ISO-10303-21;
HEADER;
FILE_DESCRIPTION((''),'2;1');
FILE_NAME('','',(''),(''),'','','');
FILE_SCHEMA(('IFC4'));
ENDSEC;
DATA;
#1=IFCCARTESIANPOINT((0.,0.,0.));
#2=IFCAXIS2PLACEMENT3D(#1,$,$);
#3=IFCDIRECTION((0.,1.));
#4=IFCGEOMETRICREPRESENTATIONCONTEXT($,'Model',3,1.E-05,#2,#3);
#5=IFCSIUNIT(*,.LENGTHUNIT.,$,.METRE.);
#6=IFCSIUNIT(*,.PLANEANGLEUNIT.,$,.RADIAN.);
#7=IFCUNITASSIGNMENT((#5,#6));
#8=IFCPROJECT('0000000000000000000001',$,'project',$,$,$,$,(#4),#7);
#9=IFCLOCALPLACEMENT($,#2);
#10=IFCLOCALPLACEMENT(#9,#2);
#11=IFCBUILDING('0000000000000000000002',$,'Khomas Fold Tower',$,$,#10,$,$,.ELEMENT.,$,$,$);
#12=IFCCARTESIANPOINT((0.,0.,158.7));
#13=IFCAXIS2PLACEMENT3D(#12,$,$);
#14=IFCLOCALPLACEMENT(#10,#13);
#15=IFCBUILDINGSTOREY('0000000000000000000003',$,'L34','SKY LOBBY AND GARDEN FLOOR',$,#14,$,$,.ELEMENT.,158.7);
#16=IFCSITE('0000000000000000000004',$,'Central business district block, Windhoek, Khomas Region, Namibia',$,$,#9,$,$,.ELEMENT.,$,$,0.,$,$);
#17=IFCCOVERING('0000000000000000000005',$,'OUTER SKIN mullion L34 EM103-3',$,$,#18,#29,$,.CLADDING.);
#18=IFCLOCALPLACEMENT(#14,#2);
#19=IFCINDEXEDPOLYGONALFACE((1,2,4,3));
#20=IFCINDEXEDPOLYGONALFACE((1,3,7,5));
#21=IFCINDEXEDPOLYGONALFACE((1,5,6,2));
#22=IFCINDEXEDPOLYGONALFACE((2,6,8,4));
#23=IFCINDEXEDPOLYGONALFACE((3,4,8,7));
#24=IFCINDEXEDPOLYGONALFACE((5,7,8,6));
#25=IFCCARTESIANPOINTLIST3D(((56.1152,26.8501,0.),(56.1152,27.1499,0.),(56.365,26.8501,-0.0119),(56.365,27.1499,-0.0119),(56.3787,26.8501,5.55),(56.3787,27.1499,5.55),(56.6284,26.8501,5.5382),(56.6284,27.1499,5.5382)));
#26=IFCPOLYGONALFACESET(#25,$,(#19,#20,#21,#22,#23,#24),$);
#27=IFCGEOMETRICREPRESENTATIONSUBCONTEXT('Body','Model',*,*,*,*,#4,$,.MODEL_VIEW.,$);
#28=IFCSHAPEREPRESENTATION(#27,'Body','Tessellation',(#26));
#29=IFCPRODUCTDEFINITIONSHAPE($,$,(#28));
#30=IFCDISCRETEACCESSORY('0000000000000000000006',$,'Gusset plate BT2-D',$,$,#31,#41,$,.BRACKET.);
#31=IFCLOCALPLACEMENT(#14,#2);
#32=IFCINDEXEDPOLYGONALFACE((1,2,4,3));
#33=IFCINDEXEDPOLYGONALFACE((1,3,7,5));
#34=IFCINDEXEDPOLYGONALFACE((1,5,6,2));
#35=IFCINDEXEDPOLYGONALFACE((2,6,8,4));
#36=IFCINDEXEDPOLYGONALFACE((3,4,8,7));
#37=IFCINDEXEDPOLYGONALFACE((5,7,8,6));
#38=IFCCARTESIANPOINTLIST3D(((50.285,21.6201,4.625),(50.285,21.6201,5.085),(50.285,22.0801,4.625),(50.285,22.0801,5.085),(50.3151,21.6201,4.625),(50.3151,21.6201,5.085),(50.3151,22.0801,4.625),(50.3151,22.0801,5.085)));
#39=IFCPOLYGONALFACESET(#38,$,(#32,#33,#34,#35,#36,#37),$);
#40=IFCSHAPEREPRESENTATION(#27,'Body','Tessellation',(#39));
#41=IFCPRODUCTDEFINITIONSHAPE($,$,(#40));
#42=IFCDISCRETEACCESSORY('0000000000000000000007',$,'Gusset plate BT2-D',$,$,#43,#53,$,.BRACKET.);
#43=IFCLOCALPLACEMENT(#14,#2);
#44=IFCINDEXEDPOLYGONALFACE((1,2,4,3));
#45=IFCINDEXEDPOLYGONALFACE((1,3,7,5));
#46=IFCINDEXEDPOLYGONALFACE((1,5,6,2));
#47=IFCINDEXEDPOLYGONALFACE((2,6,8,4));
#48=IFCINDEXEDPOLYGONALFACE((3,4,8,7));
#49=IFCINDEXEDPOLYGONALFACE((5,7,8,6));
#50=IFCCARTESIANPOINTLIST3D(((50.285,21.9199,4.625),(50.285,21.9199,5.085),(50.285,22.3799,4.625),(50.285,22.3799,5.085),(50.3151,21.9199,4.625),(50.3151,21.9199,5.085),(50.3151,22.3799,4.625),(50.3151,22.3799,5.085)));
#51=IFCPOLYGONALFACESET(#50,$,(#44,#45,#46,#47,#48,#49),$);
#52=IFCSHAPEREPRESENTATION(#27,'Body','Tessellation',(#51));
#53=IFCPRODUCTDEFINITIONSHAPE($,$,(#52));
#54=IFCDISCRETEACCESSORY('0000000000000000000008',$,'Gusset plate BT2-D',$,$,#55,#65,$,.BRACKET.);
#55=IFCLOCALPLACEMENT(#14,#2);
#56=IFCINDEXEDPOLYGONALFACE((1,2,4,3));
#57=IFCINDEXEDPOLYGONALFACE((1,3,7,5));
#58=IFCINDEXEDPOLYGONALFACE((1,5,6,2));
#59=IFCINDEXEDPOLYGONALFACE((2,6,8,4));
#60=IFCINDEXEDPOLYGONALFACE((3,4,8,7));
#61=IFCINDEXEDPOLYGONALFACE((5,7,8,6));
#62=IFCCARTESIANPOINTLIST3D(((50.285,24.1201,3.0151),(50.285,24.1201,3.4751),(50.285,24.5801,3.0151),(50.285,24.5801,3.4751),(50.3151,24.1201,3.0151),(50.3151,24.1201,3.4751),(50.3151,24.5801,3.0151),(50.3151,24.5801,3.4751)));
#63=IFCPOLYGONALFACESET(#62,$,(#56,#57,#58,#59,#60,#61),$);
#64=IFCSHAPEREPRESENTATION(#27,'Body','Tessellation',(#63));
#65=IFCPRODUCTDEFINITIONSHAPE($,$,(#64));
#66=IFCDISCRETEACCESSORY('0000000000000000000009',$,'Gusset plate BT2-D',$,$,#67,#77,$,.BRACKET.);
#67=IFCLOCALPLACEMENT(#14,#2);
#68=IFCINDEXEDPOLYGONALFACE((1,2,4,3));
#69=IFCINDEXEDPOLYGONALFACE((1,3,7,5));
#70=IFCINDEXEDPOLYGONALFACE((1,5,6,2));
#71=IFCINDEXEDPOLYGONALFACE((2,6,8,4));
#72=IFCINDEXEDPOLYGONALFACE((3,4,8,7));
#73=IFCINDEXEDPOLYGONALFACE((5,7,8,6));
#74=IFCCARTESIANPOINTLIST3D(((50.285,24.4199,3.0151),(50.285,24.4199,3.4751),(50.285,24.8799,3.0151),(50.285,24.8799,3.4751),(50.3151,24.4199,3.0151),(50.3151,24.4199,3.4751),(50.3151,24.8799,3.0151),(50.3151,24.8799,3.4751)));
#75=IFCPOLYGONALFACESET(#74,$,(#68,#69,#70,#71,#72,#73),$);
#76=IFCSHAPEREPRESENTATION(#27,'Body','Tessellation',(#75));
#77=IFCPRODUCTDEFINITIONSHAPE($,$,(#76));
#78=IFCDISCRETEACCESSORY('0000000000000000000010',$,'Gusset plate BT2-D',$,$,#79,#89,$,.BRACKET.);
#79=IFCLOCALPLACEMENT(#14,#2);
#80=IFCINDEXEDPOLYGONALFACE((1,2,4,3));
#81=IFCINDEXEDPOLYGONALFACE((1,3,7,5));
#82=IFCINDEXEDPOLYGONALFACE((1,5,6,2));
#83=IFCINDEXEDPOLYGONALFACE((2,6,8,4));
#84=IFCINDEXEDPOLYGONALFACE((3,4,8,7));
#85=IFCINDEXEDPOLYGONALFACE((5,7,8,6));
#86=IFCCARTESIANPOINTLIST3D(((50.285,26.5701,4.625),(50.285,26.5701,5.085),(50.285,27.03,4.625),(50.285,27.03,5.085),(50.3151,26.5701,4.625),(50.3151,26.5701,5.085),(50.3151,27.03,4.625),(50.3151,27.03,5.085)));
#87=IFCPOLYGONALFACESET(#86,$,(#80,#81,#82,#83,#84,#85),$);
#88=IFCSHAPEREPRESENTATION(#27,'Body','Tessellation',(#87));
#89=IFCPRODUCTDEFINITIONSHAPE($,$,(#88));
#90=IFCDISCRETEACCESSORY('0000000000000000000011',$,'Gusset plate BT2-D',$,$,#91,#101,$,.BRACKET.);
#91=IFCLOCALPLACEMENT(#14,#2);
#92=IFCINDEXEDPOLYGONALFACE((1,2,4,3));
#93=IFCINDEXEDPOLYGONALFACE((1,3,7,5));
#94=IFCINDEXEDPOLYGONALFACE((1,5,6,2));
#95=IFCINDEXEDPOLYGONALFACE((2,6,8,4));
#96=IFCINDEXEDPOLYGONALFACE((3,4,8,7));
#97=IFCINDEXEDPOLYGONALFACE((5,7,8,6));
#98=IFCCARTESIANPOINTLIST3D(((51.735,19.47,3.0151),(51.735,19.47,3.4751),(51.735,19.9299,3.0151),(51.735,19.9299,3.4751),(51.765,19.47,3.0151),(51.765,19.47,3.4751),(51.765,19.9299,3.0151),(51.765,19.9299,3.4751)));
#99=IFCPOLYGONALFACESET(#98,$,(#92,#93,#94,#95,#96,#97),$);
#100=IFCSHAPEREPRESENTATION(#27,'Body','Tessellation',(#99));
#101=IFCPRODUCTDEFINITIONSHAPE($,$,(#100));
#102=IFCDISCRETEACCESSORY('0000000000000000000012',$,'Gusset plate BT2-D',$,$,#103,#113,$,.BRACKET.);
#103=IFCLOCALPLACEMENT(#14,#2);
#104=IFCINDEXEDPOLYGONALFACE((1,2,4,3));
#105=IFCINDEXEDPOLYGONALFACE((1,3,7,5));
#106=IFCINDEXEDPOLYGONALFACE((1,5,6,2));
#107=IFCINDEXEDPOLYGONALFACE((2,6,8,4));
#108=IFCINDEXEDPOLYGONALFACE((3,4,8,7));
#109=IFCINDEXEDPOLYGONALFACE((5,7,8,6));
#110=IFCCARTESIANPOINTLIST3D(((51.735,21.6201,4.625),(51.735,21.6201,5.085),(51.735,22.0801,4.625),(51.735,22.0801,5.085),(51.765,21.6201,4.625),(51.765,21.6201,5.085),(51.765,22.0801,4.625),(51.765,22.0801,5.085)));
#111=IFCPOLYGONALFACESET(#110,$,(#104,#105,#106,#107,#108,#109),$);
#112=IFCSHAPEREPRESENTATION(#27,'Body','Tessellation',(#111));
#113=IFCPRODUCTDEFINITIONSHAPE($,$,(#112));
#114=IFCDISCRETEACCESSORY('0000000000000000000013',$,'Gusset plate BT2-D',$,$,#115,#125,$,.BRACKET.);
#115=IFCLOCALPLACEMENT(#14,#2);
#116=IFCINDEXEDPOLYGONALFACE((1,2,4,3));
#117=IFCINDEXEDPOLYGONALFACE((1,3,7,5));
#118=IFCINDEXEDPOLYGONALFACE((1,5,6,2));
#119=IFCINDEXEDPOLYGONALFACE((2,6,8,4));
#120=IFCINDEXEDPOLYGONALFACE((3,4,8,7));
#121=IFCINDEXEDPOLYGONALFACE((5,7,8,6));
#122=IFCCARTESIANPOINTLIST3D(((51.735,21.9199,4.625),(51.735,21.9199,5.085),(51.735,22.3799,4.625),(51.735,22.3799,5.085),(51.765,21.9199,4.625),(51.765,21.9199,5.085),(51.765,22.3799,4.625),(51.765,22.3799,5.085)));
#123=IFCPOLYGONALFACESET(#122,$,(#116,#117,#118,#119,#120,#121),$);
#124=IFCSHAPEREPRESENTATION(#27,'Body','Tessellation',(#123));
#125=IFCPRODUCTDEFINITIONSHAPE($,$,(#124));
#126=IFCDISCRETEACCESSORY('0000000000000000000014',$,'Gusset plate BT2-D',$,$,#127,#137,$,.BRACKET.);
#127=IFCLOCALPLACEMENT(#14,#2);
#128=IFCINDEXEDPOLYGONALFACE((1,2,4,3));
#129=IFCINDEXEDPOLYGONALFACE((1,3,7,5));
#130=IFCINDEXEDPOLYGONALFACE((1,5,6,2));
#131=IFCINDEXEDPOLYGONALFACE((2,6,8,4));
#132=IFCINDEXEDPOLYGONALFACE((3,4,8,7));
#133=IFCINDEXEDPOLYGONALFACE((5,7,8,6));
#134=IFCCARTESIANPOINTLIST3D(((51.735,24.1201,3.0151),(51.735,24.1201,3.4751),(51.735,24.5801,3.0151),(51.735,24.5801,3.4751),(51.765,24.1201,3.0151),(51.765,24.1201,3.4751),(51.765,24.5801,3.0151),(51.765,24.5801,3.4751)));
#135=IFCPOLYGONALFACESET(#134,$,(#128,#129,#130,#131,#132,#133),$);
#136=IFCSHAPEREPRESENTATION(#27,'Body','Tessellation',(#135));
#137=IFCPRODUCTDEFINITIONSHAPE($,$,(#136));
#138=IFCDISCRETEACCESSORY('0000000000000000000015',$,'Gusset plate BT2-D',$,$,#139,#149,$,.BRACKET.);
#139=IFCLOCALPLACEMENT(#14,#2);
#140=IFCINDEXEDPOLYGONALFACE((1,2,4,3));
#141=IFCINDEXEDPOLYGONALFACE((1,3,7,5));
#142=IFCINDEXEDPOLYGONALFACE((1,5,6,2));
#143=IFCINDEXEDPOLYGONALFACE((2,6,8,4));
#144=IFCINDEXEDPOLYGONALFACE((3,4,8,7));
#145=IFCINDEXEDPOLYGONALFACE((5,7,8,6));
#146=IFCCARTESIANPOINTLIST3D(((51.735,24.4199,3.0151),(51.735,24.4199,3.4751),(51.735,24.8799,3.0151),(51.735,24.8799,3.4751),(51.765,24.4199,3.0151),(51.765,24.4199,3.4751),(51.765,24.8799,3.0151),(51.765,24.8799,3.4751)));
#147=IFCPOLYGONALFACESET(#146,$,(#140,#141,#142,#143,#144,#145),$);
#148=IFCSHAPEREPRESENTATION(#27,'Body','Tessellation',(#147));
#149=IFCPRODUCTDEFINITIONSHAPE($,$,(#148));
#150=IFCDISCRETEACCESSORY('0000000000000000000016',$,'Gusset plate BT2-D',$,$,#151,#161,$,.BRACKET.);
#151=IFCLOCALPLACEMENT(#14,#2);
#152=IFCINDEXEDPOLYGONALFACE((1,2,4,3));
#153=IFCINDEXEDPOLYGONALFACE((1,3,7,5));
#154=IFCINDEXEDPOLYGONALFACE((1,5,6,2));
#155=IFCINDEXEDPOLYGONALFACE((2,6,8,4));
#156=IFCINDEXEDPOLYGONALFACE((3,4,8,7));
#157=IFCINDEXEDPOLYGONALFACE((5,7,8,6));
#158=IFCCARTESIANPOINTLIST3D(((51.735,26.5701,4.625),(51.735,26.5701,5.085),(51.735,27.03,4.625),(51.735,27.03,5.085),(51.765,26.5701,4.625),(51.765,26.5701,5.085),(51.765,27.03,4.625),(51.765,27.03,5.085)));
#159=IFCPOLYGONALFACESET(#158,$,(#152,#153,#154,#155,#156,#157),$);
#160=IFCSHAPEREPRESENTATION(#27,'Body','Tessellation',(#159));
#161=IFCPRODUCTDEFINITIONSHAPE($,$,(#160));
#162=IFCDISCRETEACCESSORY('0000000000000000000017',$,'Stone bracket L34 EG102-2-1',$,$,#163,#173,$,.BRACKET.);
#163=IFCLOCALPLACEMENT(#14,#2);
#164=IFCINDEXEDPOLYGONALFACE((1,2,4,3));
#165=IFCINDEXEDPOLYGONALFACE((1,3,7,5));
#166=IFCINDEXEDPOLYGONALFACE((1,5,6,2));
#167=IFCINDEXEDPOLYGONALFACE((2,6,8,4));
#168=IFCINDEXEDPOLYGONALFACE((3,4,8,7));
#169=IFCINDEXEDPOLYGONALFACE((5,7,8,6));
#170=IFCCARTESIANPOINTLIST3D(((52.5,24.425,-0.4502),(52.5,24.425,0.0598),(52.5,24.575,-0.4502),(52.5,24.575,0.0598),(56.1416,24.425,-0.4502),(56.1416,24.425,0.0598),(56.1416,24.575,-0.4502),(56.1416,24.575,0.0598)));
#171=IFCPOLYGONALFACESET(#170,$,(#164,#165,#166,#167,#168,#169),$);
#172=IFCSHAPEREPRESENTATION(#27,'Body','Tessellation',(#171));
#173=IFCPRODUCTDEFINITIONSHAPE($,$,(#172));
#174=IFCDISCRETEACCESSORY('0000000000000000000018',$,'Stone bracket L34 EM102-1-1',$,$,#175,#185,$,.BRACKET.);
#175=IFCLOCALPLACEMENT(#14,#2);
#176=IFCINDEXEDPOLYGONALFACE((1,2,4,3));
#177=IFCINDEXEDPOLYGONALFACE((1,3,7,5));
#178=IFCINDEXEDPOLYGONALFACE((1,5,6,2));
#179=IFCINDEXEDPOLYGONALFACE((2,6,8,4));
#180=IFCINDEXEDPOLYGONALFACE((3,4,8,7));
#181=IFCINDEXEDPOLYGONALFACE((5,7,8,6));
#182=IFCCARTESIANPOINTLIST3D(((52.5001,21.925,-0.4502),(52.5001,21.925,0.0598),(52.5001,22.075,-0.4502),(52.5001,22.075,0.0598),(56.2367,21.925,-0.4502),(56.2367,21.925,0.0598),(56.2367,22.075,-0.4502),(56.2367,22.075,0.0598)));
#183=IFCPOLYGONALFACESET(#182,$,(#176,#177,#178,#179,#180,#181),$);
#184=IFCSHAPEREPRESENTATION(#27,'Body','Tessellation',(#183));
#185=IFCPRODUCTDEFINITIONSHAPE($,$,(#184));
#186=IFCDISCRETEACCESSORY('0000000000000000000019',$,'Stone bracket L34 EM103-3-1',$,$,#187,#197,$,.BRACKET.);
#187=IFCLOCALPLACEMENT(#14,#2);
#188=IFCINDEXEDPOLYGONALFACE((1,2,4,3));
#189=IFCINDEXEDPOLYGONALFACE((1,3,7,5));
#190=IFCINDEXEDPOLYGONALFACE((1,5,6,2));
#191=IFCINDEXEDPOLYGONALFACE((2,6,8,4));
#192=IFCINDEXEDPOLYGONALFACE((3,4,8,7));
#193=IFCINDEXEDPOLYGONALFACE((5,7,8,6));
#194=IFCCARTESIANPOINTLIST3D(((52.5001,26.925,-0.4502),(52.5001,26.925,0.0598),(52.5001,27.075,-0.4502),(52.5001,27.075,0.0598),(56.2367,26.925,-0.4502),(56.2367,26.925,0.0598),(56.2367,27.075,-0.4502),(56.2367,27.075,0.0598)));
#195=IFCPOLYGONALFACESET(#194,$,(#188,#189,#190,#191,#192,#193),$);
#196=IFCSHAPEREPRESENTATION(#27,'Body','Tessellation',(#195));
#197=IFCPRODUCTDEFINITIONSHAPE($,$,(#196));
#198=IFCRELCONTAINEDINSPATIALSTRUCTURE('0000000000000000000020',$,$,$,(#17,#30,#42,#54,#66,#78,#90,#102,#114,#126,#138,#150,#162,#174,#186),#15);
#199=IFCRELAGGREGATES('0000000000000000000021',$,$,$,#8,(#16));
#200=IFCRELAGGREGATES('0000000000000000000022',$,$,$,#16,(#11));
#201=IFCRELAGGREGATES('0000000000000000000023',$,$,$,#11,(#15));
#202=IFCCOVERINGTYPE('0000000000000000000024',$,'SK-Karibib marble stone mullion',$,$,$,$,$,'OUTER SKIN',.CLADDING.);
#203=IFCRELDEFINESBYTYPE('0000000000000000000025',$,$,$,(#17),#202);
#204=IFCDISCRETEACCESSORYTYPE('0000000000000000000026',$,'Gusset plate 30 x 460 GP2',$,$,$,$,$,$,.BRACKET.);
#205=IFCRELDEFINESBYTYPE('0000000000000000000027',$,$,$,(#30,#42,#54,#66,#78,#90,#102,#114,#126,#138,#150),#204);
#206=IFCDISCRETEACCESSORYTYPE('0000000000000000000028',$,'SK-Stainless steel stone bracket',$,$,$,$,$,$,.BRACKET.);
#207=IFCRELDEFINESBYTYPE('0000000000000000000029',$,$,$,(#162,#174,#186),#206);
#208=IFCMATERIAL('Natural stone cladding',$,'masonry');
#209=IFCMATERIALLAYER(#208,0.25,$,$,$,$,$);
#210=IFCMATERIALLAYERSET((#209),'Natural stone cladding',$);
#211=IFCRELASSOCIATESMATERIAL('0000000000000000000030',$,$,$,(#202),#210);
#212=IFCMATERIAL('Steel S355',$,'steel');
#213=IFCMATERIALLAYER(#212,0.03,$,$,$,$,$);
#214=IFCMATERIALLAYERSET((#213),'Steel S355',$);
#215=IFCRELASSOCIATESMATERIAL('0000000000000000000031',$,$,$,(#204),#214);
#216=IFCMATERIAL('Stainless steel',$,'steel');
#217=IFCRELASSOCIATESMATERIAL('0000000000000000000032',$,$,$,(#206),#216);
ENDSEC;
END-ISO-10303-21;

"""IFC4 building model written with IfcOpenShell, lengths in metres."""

from ifc_helpers import new_model, si_unit, direction, frame, origin, origin_2d, place, context, subcontext, project, spatial, polyline, rectangle, outline, extrude, source, transform, mapped, material, layer, layer_set, type_object, element, save


model = new_model("IFC4")

# Units and contexts
model_context = context("Model", 3, precision=1e-05, world=origin(), true_north=direction((0.0, 1.0)))
body_context = subcontext(model_context, "Body", "Model", "MODEL_VIEW")
ifc_project = project(units=[si_unit("LENGTHUNIT", "METRE"), si_unit("PLANEANGLEUNIT", "RADIAN")], contexts=[model_context])

# Site, building, storey
site_placement = place(None, origin())
site = spatial("IfcSite", under=ifc_project, at=site_placement, Name="Central business district block, Windhoek, Khomas Region, Namibia", CompositionType="ELEMENT", RefElevation=0.0)
building_placement = place(site_placement, origin())
building = spatial("IfcBuilding", under=site, at=building_placement, Name="Khomas Fold Tower", CompositionType="ELEMENT")
storey_placement = place(building_placement, frame((0.0, 0.0, 158.7)))
storey = spatial("IfcBuildingStorey", under=building, at=storey_placement, Name="L34", Description="SKY LOBBY AND GARDEN FLOOR", CompositionType="ELEMENT", Elevation=158.7)

# Covering
ifc_material_1 = material(Name="Natural stone cladding", Category="masonry")
ifc_layer_1 = layer(ifc_material_1, 0.25)
ifc_layer_set_1 = layer_set([ifc_layer_1], Name="Natural stone cladding")
covering_type = type_object("IfcCoveringType", Name="SK-Karibib marble stone mullion", ElementType="OUTER SKIN", PredefinedType="CLADDING", material=ifc_layer_set_1)
for number, where, z_axis, x_axis, name in (
    (1, (56.1152, 26.8501, 0.0), (-0.998875, 0.0, 0.047411), (0.047411, 0.0, 0.998875), "OUTER SKIN mullion L34 EM103-3"),
):
    element("IfcCovering", number, at=place(storey_placement, frame(where, z_axis=z_axis, x_axis=x_axis)), inside=storey, type_object=covering_type, Name=name, PredefinedType="CLADDING", context=body_context, shape_type="SweptSolid", body=[
        extrude(outline(polyline([(0.0, 0.0), (5.5563, 0.0), (5.5563, 0.2998), (0.0, 0.2998), (0.0, 0.0)])), origin(), (0.0, 0.0, -1.0), 0.25),
    ])

# Discrete accessories
ifc_material_2 = material(Name="Steel S355", Category="steel")
ifc_layer_2 = layer(ifc_material_2, 0.03)
ifc_layer_set_2 = layer_set([ifc_layer_2], Name="Steel S355")
discrete_accessory_type_1 = type_object("IfcDiscreteAccessoryType", Name="Gusset plate 30 x 460 GP2", PredefinedType="BRACKET", material=ifc_layer_set_2)
shared_shape_1 = source(origin(), body_context, "Body", "SweptSolid", [
    extrude(rectangle(XDim=0.46, YDim=0.03, at=origin_2d()), origin(), (0.0, 0.0, 1.0), 0.46),
])
for number, where, z_axis, x_axis, name in (
    (2, (50.3, 21.8501, 4.625), (0.0, 0.0, 1.0), (0.0, 1.0, 0.0), "Gusset plate BT2-D"),
    (3, (50.3, 22.1499, 4.625), (0.0, 0.0, 1.0), (0.0, 1.0, 0.0), "Gusset plate BT2-D"),
    (4, (50.3, 24.3501, 3.0151), (0.0, 0.0, 1.0), (0.0, 1.0, 0.0), "Gusset plate BT2-D"),
    (5, (50.3, 24.6499, 3.0151), (0.0, 0.0, 1.0), (0.0, 1.0, 0.0), "Gusset plate BT2-D"),
    (6, (50.3, 26.8, 4.625), (0.0, 0.0, 1.0), (0.0, 1.0, 0.0), "Gusset plate BT2-D"),
    (7, (51.75, 19.7, 3.0151), (0.0, 0.0, 1.0), (0.0, 1.0, 0.0), "Gusset plate BT2-D"),
    (8, (51.75, 21.8501, 4.625), (0.0, 0.0, 1.0), (0.0, 1.0, 0.0), "Gusset plate BT2-D"),
    (9, (51.75, 22.1499, 4.625), (0.0, 0.0, 1.0), (0.0, 1.0, 0.0), "Gusset plate BT2-D"),
    (10, (51.75, 24.3501, 3.0151), (0.0, 0.0, 1.0), (0.0, 1.0, 0.0), "Gusset plate BT2-D"),
    (11, (51.75, 24.6499, 3.0151), (0.0, 0.0, 1.0), (0.0, 1.0, 0.0), "Gusset plate BT2-D"),
    (12, (51.75, 26.8, 4.625), (0.0, 0.0, 1.0), (0.0, 1.0, 0.0), "Gusset plate BT2-D"),
):
    element("IfcDiscreteAccessory", number, at=place(storey_placement, frame(where, z_axis=z_axis, x_axis=x_axis)), inside=storey, type_object=discrete_accessory_type_1, Name=name, PredefinedType="BRACKET", context=body_context, shape_type="MappedRepresentation", body=[
        mapped(shared_shape_1, transform((0.0, 0.0, 0.0))),
    ])
ifc_material_3 = material(Name="Stainless steel", Category="steel")
discrete_accessory_type_2 = type_object("IfcDiscreteAccessoryType", Name="SK-Stainless steel stone bracket", PredefinedType="BRACKET", material=ifc_material_3)
shared_shape_2 = source(origin(), body_context, "Body", "SweptSolid", [
    extrude(rectangle(XDim=3.6416, YDim=0.1499, at=origin_2d()), origin(), (0.0, 0.0, 1.0), 0.51),
])
discrete_accessory_placement = place(storey_placement, frame((54.3208, 24.5, -0.4502), z_axis=(0.0, 0.0, 1.0), x_axis=(1.0, 0.0, 0.0)))
element("IfcDiscreteAccessory", 13, at=discrete_accessory_placement, inside=storey, type_object=discrete_accessory_type_2, Name="Stone bracket L34 EG102-2-1", PredefinedType="BRACKET", context=body_context, shape_type="MappedRepresentation", body=[
    mapped(shared_shape_2, transform((0.0, 0.0, 0.0))),
])
shared_shape_3 = source(origin(), body_context, "Body", "SweptSolid", [
    extrude(rectangle(XDim=3.7366, YDim=0.1499, at=origin_2d()), origin(), (0.0, 0.0, 1.0), 0.51),
])
for number, where, z_axis, x_axis, name in (
    (14, (54.3684, 22.0, -0.4502), (0.0, 0.0, 1.0), (1.0, 0.0, 0.0), "Stone bracket L34 EM102-1-1"),
    (15, (54.3684, 27.0, -0.4502), (0.0, 0.0, 1.0), (1.0, 0.0, 0.0), "Stone bracket L34 EM103-3-1"),
):
    element("IfcDiscreteAccessory", number, at=place(storey_placement, frame(where, z_axis=z_axis, x_axis=x_axis)), inside=storey, type_object=discrete_accessory_type_2, Name=name, PredefinedType="BRACKET", context=body_context, shape_type="MappedRepresentation", body=[
        mapped(shared_shape_3, transform((0.0, 0.0, 0.0))),
    ])

save(model, "model.ifc")
